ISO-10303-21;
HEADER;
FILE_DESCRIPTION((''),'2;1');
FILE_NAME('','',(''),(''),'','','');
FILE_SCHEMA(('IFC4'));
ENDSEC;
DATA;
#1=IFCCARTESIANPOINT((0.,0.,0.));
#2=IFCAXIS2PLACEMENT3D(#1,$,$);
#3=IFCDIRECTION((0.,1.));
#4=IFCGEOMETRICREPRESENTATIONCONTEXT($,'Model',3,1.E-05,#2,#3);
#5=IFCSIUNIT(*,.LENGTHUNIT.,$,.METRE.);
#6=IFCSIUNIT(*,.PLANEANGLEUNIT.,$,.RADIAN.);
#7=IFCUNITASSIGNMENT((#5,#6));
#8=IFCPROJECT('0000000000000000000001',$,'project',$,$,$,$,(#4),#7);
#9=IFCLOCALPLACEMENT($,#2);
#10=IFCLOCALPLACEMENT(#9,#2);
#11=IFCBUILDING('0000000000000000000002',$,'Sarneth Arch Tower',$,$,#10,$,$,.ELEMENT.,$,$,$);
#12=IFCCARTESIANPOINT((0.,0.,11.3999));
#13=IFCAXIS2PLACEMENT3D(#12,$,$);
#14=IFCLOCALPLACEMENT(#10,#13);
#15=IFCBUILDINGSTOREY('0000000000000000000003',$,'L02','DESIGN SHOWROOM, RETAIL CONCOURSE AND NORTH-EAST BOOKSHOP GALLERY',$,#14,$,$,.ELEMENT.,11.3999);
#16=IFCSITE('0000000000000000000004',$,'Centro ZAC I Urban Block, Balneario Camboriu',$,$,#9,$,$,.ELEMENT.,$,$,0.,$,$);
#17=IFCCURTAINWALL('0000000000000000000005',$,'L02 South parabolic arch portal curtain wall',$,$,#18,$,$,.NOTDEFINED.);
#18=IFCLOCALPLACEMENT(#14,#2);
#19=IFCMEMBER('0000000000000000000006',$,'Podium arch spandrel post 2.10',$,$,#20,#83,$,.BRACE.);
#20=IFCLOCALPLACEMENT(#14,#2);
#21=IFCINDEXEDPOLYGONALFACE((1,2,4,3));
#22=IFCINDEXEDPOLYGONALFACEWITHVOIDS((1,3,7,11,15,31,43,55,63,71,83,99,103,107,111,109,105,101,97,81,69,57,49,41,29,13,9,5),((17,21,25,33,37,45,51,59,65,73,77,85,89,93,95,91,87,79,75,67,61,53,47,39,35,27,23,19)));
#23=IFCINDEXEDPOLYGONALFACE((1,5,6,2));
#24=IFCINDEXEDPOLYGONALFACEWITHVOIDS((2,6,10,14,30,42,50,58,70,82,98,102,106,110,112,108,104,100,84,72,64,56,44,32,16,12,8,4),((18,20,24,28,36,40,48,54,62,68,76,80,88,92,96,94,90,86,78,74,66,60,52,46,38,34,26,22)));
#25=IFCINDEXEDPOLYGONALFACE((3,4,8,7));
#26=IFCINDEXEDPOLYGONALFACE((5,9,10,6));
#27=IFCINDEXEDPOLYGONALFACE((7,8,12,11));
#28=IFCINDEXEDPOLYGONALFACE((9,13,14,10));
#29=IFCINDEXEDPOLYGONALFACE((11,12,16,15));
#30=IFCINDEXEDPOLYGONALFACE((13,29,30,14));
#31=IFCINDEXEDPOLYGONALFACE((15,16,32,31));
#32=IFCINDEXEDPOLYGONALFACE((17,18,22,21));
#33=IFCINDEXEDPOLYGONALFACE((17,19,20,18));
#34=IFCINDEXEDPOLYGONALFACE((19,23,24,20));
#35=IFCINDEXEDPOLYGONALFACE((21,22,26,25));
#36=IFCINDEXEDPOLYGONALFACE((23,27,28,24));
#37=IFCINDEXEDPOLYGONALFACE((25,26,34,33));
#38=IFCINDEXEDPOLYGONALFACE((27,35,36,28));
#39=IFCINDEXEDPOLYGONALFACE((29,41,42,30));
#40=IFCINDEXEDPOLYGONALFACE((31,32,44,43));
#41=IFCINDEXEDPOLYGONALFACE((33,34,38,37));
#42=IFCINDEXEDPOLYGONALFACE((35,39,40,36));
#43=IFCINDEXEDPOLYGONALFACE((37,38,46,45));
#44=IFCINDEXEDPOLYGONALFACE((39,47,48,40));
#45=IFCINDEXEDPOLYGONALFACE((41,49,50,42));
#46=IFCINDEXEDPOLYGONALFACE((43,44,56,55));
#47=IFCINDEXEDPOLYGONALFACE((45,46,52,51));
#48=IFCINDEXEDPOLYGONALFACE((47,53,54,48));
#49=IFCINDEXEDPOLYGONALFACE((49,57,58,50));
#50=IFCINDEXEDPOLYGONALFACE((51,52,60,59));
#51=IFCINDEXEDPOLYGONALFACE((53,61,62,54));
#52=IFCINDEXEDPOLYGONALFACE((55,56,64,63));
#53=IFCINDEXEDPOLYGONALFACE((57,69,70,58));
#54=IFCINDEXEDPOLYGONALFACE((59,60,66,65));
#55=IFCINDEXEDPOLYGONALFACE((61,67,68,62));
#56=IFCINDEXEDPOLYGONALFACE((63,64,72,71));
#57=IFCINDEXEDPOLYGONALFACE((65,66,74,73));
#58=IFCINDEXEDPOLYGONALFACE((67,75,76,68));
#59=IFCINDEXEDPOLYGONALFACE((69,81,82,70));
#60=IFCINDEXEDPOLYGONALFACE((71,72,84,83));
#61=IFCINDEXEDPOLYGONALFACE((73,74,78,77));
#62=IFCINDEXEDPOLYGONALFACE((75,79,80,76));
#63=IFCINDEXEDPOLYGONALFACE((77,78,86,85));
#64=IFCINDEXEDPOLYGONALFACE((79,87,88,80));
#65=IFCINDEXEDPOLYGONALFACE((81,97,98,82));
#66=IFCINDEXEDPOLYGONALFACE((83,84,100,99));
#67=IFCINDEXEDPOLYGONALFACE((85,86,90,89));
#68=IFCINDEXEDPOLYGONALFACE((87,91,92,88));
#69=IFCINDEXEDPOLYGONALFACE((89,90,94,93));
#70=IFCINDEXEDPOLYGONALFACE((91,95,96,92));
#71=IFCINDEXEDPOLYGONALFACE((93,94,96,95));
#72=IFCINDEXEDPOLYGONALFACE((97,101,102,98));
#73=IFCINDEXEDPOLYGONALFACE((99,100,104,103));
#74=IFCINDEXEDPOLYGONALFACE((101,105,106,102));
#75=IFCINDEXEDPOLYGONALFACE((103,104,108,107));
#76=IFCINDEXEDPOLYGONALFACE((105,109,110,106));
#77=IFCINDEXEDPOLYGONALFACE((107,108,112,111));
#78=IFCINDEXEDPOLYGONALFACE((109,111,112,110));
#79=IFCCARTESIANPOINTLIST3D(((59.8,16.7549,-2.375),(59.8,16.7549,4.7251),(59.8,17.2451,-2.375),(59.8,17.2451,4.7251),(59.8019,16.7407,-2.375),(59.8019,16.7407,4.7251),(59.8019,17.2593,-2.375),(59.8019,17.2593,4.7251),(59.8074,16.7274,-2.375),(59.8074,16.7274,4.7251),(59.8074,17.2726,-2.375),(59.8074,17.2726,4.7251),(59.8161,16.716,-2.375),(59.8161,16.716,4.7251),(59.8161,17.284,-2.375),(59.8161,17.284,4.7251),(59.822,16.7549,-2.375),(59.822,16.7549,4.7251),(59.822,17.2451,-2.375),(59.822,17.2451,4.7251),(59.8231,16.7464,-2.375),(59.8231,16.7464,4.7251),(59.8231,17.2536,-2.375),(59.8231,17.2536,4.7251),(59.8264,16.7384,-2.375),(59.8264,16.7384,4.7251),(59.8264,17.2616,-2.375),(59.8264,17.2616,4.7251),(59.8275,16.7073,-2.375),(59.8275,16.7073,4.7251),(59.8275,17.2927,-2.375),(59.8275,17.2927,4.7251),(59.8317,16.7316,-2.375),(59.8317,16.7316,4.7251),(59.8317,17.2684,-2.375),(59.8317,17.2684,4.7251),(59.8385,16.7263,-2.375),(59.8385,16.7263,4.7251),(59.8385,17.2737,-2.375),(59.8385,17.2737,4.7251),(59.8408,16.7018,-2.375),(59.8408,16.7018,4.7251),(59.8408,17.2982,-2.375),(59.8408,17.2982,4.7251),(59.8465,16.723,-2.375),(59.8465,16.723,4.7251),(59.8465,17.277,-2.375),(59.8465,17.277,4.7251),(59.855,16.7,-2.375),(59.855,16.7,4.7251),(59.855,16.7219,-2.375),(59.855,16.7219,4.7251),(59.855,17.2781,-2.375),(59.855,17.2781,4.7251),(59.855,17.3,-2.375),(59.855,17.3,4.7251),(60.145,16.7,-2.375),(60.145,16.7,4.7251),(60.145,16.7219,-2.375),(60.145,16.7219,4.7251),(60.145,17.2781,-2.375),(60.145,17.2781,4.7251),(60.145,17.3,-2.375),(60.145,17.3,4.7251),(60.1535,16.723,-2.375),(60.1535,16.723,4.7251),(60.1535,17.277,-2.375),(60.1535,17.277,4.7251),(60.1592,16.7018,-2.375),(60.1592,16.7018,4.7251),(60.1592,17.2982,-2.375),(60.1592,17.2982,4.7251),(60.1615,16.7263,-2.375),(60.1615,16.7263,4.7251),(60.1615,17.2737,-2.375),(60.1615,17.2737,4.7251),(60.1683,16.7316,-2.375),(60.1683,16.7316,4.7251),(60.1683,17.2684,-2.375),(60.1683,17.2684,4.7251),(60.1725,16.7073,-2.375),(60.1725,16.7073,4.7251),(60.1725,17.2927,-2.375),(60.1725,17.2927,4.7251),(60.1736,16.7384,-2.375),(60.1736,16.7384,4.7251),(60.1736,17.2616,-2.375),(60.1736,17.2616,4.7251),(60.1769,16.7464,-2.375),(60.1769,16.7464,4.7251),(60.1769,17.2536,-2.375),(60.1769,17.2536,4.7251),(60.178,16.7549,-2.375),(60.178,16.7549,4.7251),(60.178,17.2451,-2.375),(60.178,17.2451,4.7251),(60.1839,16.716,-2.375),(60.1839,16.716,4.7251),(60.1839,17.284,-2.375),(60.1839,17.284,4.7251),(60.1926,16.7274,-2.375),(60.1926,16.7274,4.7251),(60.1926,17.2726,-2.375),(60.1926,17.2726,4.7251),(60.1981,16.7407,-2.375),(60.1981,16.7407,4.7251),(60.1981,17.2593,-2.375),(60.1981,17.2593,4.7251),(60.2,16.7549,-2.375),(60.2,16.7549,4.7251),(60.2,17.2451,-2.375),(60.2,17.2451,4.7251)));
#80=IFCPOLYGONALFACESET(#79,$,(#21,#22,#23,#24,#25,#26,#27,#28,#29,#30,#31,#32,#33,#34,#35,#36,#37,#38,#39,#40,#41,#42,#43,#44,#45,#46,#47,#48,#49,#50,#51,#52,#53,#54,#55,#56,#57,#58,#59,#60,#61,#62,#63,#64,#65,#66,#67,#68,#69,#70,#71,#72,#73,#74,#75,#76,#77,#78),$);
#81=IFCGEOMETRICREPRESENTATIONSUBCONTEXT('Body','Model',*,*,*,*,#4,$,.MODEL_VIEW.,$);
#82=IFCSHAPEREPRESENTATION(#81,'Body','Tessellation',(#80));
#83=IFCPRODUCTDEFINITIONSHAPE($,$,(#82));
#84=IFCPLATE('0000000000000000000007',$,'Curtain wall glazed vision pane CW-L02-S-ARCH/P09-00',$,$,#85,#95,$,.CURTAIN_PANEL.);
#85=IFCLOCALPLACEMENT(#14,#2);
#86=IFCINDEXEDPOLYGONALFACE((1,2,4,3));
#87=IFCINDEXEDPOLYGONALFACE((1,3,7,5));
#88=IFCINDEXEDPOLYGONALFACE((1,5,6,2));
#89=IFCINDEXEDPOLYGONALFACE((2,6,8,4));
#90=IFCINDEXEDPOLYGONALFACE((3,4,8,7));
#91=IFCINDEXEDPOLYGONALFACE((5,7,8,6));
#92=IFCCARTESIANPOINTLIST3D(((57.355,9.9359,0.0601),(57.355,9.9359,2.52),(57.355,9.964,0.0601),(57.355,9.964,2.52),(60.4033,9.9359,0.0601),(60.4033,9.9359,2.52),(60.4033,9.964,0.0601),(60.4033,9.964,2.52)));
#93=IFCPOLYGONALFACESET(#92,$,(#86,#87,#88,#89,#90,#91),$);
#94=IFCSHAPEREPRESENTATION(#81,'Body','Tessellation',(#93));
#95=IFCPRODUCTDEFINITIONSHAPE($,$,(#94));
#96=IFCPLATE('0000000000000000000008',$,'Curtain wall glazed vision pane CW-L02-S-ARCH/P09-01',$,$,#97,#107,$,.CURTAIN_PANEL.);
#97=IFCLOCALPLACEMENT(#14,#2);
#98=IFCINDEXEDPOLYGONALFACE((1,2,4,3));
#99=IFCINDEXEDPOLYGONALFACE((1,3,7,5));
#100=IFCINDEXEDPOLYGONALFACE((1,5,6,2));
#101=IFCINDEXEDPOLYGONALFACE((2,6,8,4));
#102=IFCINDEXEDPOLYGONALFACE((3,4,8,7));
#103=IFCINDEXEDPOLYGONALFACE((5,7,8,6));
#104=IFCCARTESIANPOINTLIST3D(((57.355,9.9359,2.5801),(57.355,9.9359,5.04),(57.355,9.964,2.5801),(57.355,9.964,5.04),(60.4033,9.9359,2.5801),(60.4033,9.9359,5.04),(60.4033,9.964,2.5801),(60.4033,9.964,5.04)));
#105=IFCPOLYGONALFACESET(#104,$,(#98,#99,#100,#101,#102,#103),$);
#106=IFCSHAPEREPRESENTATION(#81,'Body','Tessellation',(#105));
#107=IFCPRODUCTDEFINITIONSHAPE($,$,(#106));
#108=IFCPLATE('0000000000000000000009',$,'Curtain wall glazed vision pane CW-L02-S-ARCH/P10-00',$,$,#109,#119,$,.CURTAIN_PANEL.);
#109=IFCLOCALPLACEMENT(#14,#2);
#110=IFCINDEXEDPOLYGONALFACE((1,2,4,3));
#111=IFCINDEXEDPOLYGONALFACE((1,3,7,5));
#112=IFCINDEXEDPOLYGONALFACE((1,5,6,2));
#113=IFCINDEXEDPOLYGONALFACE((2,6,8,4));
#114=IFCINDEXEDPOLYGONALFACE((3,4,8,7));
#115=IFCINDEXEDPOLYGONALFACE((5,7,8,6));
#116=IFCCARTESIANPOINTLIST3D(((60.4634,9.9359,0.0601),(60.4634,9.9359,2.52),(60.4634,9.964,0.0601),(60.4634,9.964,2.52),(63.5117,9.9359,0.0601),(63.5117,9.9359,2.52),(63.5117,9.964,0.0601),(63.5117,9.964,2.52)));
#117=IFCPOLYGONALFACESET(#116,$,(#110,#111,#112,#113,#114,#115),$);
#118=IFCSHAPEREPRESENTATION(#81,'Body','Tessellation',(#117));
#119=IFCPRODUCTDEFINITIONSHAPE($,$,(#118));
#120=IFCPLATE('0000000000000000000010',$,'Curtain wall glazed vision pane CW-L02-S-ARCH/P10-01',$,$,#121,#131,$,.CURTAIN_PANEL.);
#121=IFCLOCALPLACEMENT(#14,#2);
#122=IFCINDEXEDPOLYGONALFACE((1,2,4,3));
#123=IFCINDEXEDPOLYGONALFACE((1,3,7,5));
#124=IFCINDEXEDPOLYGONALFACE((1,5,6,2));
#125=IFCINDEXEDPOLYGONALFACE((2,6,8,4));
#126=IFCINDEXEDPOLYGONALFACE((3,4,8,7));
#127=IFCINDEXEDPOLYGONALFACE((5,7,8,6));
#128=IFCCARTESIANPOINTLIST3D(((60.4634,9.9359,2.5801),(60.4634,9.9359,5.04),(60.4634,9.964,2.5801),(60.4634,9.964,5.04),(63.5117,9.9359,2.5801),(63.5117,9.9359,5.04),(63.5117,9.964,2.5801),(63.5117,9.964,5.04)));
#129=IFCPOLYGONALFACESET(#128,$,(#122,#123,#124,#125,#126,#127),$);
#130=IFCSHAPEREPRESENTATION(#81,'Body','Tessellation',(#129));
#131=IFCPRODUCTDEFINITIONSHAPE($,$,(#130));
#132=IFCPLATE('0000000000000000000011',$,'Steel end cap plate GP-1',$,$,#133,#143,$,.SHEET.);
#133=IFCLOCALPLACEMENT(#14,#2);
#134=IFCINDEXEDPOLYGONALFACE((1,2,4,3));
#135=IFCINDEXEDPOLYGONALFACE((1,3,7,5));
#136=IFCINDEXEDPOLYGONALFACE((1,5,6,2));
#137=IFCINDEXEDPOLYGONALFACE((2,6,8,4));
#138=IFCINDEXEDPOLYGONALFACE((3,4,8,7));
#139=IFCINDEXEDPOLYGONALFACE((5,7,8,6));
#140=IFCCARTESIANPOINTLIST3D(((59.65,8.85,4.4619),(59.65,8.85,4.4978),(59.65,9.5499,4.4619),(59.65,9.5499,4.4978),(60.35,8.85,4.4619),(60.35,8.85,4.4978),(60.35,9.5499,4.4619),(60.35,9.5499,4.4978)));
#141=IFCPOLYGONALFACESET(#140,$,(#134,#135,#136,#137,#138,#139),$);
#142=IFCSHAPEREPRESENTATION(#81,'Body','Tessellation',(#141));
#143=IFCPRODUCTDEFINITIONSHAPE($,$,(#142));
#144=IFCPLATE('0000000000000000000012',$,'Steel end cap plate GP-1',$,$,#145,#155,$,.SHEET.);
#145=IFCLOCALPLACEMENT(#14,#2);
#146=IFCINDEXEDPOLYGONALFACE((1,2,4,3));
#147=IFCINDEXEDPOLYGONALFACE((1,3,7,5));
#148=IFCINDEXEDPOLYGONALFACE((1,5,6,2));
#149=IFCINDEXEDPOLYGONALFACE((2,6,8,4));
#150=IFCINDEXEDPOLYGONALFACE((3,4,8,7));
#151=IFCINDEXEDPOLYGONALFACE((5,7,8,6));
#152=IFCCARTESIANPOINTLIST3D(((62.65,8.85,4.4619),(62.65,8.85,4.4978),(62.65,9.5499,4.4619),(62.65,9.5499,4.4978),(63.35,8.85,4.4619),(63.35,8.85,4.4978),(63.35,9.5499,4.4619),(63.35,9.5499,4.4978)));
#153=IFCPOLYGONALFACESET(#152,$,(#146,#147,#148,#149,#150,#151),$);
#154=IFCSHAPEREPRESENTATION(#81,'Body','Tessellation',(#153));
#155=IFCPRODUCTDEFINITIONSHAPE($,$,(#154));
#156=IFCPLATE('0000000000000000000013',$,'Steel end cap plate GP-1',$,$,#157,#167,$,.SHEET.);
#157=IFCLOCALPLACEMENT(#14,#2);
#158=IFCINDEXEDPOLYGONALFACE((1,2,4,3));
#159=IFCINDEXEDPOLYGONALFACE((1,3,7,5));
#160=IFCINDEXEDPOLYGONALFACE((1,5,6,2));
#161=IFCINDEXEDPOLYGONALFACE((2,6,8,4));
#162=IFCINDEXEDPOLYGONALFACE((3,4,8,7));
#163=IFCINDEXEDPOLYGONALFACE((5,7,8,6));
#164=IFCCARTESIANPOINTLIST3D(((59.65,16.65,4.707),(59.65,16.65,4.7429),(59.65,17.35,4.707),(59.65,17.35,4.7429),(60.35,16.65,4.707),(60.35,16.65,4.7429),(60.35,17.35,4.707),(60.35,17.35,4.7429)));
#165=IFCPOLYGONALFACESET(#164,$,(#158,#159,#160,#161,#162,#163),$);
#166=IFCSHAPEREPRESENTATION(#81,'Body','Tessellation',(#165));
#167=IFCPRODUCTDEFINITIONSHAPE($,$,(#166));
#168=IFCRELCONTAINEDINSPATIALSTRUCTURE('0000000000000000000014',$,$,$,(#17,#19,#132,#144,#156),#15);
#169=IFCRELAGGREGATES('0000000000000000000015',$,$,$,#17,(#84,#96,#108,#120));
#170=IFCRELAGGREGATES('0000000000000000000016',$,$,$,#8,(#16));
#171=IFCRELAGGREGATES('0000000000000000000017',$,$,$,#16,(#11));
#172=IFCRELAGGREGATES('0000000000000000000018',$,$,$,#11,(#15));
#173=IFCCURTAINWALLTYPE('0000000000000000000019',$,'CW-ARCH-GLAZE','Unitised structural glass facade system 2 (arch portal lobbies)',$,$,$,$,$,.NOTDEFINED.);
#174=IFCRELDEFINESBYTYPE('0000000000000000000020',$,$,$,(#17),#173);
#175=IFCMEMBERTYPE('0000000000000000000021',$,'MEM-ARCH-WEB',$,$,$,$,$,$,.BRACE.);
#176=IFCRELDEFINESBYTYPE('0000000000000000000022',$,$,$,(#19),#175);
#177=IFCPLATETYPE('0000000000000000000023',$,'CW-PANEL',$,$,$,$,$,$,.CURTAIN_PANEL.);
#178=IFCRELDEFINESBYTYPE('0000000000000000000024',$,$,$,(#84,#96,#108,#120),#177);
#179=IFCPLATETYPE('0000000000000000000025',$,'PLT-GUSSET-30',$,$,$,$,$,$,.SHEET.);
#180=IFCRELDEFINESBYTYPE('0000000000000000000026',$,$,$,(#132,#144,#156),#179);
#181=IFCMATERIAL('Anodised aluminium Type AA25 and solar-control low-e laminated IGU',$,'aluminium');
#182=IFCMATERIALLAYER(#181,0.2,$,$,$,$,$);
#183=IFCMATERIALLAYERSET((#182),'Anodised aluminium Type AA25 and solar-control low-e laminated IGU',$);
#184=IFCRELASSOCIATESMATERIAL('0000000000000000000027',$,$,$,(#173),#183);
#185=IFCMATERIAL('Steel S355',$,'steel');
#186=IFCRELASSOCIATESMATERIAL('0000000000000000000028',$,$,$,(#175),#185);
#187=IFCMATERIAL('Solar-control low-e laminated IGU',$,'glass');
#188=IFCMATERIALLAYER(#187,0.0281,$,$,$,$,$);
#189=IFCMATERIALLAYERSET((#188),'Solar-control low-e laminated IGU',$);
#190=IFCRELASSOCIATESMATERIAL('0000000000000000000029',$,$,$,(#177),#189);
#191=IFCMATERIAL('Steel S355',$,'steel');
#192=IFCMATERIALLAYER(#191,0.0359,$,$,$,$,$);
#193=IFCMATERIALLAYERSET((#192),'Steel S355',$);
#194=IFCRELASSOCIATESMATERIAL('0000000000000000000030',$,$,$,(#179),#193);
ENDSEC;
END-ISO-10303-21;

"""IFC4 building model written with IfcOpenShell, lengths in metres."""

from ifc_helpers import new_model, si_unit, direction, frame, origin, origin_2d, place, context, subcontext, project, spatial, rectangle, hollow_rectangle, extrude, material, layer, layer_set, material_profile, profile_set, type_object, element, aggregate, save


model = new_model("IFC4")

# Units and contexts
model_context = context("Model", 3, precision=1e-05, world=origin(), true_north=direction((0.0, 1.0)))
body_context = subcontext(model_context, "Body", "Model", "MODEL_VIEW")
ifc_project = project(units=[si_unit("LENGTHUNIT", "METRE"), si_unit("PLANEANGLEUNIT", "RADIAN")], contexts=[model_context])

# Site, building, storey
site_placement = place(None, origin())
site = spatial("IfcSite", under=ifc_project, at=site_placement, Name="Centro ZAC I Urban Block, Balneario Camboriu", CompositionType="ELEMENT", RefElevation=0.0)
building_placement = place(site_placement, origin())
building = spatial("IfcBuilding", under=site, at=building_placement, Name="Sarneth Arch Tower", CompositionType="ELEMENT")
storey_placement = place(building_placement, frame((0.0, 0.0, 11.3999)))
storey = spatial("IfcBuildingStorey", under=building, at=storey_placement, Name="L02", Description="DESIGN SHOWROOM, RETAIL CONCOURSE AND NORTH-EAST BOOKSHOP GALLERY", CompositionType="ELEMENT", Elevation=11.3999)

# Curtain wall
ifc_material_1 = material(Name="Anodised aluminium Type AA25 and solar-control low-e laminated IGU", Category="aluminium")
ifc_layer_1 = layer(ifc_material_1, 0.2)
ifc_layer_set_1 = layer_set([ifc_layer_1], Name="Anodised aluminium Type AA25 and solar-control low-e laminated IGU")
curtain_wall_type = type_object("IfcCurtainWallType", Name="CW-ARCH-GLAZE", Description="Unitised structural glass facade system 2 (arch portal lobbies)", PredefinedType="NOTDEFINED", material=ifc_layer_set_1)
curtain_wall_placement = place(storey_placement, origin())
curtain_wall = element("IfcCurtainWall", 1, at=curtain_wall_placement, inside=storey, type_object=curtain_wall_type, Name="L02 South parabolic arch portal curtain wall", PredefinedType="NOTDEFINED")

# Member
ifc_material_2 = material(Name="Steel S355", Category="steel")
ifc_material_profile_1 = material_profile(ifc_material_2, hollow_rectangle(XDim=0.3999, YDim=0.6001, WallThickness=0.022, InnerFilletRadius=0.033, OuterFilletRadius=0.0549, at=origin_2d()), Name="RHS600x400x22")
ifc_profile_set_1 = profile_set([ifc_material_profile_1], Name="Steel S355")
member_type_1 = type_object("IfcMemberType", Name="MEM-ARCH-WEB", PredefinedType="BRACE", material=ifc_profile_set_1)
member_1_placement = place(storey_placement, frame((60.0, 17.0, -2.375), z_axis=(0.0, 0.0, 1.0), x_axis=(1.0, 0.0, 0.0)))
element("IfcMember", 2, at=member_1_placement, inside=storey, type_object=member_type_1, Name="Podium arch spandrel post 2.10", PredefinedType="BRACE", context=body_context, shape_type="SweptSolid", body=[
    extrude(hollow_rectangle(XDim=0.3999, YDim=0.6001, WallThickness=0.022, InnerFilletRadius=0.033, OuterFilletRadius=0.0549, at=origin_2d()), origin(), (0.0, 0.0, 1.0), 7.1001),
])

# Plates
ifc_material_3 = material(Name="Solar-control low-e laminated IGU", Category="glass")
ifc_layer_2 = layer(ifc_material_3, 0.0281)
ifc_layer_set_2 = layer_set([ifc_layer_2], Name="Solar-control low-e laminated IGU")
plate_type_1 = type_object("IfcPlateType", Name="CW-PANEL", PredefinedType="CURTAIN_PANEL", material=ifc_layer_set_2)
plate_1_placement = place(storey_placement, frame((58.8792, 9.95, 0.0601), z_axis=(0.0, 0.0, 1.0), x_axis=(1.0, 0.0, 0.0)))
plate_1 = element("IfcPlate", 3, at=plate_1_placement, type_object=plate_type_1, Name="Curtain wall glazed vision pane CW-L02-S-ARCH/P09-00", PredefinedType="CURTAIN_PANEL", context=body_context, shape_type="SweptSolid", body=[
    extrude(rectangle(XDim=3.0483, YDim=0.0281, at=origin_2d()), origin(), (0.0, 0.0, 1.0), 2.46),
])
plate_2_placement = place(storey_placement, frame((58.8792, 9.95, 2.5801), z_axis=(0.0, 0.0, 1.0), x_axis=(1.0, 0.0, 0.0)))
plate_2 = element("IfcPlate", 4, at=plate_2_placement, type_object=plate_type_1, Name="Curtain wall glazed vision pane CW-L02-S-ARCH/P09-01", PredefinedType="CURTAIN_PANEL", context=body_context, shape_type="SweptSolid", body=[
    extrude(rectangle(XDim=3.0483, YDim=0.0281, at=origin_2d()), origin(), (0.0, 0.0, 1.0), 2.46),
])
plate_3_placement = place(storey_placement, frame((61.9875, 9.95, 0.0601), z_axis=(0.0, 0.0, 1.0), x_axis=(1.0, 0.0, 0.0)))
plate_3 = element("IfcPlate", 5, at=plate_3_placement, type_object=plate_type_1, Name="Curtain wall glazed vision pane CW-L02-S-ARCH/P10-00", PredefinedType="CURTAIN_PANEL", context=body_context, shape_type="SweptSolid", body=[
    extrude(rectangle(XDim=3.0483, YDim=0.0281, at=origin_2d()), origin(), (0.0, 0.0, 1.0), 2.46),
])
plate_4_placement = place(storey_placement, frame((61.9875, 9.95, 2.5801), z_axis=(0.0, 0.0, 1.0), x_axis=(1.0, 0.0, 0.0)))
plate_4 = element("IfcPlate", 6, at=plate_4_placement, type_object=plate_type_1, Name="Curtain wall glazed vision pane CW-L02-S-ARCH/P10-01", PredefinedType="CURTAIN_PANEL", context=body_context, shape_type="SweptSolid", body=[
    extrude(rectangle(XDim=3.0483, YDim=0.0281, at=origin_2d()), origin(), (0.0, 0.0, 1.0), 2.46),
])
aggregate(curtain_wall, [plate_1, plate_2, plate_3, plate_4])

# Plates
ifc_material_4 = material(Name="Steel S355", Category="steel")
ifc_layer_3 = layer(ifc_material_4, 0.0359)
ifc_layer_set_3 = layer_set([ifc_layer_3], Name="Steel S355")
plate_type_2 = type_object("IfcPlateType", Name="PLT-GUSSET-30", PredefinedType="SHEET", material=ifc_layer_set_3)
for number, where, z_axis, x_axis, name in (
    (7, (60.0, 9.2, 4.4619), (0.0, 0.0, 1.0), (1.0, 0.0, 0.0), "Steel end cap plate GP-1"),
    (8, (63.0, 9.2, 4.4619), (0.0, 0.0, 1.0), (1.0, 0.0, 0.0), "Steel end cap plate GP-1"),
    (9, (60.0, 17.0, 4.707), (0.0, 0.0, 1.0), (1.0, 0.0, 0.0), "Steel end cap plate GP-1"),
):
    element("IfcPlate", number, at=place(storey_placement, frame(where, z_axis=z_axis, x_axis=x_axis)), inside=storey, type_object=plate_type_2, Name=name, PredefinedType="SHEET", context=body_context, shape_type="SweptSolid", body=[
        extrude(rectangle(XDim=0.7, YDim=0.7, at=origin_2d()), origin(), (0.0, 0.0, 1.0), 0.0359),
    ])

save(model, "model.ifc")
